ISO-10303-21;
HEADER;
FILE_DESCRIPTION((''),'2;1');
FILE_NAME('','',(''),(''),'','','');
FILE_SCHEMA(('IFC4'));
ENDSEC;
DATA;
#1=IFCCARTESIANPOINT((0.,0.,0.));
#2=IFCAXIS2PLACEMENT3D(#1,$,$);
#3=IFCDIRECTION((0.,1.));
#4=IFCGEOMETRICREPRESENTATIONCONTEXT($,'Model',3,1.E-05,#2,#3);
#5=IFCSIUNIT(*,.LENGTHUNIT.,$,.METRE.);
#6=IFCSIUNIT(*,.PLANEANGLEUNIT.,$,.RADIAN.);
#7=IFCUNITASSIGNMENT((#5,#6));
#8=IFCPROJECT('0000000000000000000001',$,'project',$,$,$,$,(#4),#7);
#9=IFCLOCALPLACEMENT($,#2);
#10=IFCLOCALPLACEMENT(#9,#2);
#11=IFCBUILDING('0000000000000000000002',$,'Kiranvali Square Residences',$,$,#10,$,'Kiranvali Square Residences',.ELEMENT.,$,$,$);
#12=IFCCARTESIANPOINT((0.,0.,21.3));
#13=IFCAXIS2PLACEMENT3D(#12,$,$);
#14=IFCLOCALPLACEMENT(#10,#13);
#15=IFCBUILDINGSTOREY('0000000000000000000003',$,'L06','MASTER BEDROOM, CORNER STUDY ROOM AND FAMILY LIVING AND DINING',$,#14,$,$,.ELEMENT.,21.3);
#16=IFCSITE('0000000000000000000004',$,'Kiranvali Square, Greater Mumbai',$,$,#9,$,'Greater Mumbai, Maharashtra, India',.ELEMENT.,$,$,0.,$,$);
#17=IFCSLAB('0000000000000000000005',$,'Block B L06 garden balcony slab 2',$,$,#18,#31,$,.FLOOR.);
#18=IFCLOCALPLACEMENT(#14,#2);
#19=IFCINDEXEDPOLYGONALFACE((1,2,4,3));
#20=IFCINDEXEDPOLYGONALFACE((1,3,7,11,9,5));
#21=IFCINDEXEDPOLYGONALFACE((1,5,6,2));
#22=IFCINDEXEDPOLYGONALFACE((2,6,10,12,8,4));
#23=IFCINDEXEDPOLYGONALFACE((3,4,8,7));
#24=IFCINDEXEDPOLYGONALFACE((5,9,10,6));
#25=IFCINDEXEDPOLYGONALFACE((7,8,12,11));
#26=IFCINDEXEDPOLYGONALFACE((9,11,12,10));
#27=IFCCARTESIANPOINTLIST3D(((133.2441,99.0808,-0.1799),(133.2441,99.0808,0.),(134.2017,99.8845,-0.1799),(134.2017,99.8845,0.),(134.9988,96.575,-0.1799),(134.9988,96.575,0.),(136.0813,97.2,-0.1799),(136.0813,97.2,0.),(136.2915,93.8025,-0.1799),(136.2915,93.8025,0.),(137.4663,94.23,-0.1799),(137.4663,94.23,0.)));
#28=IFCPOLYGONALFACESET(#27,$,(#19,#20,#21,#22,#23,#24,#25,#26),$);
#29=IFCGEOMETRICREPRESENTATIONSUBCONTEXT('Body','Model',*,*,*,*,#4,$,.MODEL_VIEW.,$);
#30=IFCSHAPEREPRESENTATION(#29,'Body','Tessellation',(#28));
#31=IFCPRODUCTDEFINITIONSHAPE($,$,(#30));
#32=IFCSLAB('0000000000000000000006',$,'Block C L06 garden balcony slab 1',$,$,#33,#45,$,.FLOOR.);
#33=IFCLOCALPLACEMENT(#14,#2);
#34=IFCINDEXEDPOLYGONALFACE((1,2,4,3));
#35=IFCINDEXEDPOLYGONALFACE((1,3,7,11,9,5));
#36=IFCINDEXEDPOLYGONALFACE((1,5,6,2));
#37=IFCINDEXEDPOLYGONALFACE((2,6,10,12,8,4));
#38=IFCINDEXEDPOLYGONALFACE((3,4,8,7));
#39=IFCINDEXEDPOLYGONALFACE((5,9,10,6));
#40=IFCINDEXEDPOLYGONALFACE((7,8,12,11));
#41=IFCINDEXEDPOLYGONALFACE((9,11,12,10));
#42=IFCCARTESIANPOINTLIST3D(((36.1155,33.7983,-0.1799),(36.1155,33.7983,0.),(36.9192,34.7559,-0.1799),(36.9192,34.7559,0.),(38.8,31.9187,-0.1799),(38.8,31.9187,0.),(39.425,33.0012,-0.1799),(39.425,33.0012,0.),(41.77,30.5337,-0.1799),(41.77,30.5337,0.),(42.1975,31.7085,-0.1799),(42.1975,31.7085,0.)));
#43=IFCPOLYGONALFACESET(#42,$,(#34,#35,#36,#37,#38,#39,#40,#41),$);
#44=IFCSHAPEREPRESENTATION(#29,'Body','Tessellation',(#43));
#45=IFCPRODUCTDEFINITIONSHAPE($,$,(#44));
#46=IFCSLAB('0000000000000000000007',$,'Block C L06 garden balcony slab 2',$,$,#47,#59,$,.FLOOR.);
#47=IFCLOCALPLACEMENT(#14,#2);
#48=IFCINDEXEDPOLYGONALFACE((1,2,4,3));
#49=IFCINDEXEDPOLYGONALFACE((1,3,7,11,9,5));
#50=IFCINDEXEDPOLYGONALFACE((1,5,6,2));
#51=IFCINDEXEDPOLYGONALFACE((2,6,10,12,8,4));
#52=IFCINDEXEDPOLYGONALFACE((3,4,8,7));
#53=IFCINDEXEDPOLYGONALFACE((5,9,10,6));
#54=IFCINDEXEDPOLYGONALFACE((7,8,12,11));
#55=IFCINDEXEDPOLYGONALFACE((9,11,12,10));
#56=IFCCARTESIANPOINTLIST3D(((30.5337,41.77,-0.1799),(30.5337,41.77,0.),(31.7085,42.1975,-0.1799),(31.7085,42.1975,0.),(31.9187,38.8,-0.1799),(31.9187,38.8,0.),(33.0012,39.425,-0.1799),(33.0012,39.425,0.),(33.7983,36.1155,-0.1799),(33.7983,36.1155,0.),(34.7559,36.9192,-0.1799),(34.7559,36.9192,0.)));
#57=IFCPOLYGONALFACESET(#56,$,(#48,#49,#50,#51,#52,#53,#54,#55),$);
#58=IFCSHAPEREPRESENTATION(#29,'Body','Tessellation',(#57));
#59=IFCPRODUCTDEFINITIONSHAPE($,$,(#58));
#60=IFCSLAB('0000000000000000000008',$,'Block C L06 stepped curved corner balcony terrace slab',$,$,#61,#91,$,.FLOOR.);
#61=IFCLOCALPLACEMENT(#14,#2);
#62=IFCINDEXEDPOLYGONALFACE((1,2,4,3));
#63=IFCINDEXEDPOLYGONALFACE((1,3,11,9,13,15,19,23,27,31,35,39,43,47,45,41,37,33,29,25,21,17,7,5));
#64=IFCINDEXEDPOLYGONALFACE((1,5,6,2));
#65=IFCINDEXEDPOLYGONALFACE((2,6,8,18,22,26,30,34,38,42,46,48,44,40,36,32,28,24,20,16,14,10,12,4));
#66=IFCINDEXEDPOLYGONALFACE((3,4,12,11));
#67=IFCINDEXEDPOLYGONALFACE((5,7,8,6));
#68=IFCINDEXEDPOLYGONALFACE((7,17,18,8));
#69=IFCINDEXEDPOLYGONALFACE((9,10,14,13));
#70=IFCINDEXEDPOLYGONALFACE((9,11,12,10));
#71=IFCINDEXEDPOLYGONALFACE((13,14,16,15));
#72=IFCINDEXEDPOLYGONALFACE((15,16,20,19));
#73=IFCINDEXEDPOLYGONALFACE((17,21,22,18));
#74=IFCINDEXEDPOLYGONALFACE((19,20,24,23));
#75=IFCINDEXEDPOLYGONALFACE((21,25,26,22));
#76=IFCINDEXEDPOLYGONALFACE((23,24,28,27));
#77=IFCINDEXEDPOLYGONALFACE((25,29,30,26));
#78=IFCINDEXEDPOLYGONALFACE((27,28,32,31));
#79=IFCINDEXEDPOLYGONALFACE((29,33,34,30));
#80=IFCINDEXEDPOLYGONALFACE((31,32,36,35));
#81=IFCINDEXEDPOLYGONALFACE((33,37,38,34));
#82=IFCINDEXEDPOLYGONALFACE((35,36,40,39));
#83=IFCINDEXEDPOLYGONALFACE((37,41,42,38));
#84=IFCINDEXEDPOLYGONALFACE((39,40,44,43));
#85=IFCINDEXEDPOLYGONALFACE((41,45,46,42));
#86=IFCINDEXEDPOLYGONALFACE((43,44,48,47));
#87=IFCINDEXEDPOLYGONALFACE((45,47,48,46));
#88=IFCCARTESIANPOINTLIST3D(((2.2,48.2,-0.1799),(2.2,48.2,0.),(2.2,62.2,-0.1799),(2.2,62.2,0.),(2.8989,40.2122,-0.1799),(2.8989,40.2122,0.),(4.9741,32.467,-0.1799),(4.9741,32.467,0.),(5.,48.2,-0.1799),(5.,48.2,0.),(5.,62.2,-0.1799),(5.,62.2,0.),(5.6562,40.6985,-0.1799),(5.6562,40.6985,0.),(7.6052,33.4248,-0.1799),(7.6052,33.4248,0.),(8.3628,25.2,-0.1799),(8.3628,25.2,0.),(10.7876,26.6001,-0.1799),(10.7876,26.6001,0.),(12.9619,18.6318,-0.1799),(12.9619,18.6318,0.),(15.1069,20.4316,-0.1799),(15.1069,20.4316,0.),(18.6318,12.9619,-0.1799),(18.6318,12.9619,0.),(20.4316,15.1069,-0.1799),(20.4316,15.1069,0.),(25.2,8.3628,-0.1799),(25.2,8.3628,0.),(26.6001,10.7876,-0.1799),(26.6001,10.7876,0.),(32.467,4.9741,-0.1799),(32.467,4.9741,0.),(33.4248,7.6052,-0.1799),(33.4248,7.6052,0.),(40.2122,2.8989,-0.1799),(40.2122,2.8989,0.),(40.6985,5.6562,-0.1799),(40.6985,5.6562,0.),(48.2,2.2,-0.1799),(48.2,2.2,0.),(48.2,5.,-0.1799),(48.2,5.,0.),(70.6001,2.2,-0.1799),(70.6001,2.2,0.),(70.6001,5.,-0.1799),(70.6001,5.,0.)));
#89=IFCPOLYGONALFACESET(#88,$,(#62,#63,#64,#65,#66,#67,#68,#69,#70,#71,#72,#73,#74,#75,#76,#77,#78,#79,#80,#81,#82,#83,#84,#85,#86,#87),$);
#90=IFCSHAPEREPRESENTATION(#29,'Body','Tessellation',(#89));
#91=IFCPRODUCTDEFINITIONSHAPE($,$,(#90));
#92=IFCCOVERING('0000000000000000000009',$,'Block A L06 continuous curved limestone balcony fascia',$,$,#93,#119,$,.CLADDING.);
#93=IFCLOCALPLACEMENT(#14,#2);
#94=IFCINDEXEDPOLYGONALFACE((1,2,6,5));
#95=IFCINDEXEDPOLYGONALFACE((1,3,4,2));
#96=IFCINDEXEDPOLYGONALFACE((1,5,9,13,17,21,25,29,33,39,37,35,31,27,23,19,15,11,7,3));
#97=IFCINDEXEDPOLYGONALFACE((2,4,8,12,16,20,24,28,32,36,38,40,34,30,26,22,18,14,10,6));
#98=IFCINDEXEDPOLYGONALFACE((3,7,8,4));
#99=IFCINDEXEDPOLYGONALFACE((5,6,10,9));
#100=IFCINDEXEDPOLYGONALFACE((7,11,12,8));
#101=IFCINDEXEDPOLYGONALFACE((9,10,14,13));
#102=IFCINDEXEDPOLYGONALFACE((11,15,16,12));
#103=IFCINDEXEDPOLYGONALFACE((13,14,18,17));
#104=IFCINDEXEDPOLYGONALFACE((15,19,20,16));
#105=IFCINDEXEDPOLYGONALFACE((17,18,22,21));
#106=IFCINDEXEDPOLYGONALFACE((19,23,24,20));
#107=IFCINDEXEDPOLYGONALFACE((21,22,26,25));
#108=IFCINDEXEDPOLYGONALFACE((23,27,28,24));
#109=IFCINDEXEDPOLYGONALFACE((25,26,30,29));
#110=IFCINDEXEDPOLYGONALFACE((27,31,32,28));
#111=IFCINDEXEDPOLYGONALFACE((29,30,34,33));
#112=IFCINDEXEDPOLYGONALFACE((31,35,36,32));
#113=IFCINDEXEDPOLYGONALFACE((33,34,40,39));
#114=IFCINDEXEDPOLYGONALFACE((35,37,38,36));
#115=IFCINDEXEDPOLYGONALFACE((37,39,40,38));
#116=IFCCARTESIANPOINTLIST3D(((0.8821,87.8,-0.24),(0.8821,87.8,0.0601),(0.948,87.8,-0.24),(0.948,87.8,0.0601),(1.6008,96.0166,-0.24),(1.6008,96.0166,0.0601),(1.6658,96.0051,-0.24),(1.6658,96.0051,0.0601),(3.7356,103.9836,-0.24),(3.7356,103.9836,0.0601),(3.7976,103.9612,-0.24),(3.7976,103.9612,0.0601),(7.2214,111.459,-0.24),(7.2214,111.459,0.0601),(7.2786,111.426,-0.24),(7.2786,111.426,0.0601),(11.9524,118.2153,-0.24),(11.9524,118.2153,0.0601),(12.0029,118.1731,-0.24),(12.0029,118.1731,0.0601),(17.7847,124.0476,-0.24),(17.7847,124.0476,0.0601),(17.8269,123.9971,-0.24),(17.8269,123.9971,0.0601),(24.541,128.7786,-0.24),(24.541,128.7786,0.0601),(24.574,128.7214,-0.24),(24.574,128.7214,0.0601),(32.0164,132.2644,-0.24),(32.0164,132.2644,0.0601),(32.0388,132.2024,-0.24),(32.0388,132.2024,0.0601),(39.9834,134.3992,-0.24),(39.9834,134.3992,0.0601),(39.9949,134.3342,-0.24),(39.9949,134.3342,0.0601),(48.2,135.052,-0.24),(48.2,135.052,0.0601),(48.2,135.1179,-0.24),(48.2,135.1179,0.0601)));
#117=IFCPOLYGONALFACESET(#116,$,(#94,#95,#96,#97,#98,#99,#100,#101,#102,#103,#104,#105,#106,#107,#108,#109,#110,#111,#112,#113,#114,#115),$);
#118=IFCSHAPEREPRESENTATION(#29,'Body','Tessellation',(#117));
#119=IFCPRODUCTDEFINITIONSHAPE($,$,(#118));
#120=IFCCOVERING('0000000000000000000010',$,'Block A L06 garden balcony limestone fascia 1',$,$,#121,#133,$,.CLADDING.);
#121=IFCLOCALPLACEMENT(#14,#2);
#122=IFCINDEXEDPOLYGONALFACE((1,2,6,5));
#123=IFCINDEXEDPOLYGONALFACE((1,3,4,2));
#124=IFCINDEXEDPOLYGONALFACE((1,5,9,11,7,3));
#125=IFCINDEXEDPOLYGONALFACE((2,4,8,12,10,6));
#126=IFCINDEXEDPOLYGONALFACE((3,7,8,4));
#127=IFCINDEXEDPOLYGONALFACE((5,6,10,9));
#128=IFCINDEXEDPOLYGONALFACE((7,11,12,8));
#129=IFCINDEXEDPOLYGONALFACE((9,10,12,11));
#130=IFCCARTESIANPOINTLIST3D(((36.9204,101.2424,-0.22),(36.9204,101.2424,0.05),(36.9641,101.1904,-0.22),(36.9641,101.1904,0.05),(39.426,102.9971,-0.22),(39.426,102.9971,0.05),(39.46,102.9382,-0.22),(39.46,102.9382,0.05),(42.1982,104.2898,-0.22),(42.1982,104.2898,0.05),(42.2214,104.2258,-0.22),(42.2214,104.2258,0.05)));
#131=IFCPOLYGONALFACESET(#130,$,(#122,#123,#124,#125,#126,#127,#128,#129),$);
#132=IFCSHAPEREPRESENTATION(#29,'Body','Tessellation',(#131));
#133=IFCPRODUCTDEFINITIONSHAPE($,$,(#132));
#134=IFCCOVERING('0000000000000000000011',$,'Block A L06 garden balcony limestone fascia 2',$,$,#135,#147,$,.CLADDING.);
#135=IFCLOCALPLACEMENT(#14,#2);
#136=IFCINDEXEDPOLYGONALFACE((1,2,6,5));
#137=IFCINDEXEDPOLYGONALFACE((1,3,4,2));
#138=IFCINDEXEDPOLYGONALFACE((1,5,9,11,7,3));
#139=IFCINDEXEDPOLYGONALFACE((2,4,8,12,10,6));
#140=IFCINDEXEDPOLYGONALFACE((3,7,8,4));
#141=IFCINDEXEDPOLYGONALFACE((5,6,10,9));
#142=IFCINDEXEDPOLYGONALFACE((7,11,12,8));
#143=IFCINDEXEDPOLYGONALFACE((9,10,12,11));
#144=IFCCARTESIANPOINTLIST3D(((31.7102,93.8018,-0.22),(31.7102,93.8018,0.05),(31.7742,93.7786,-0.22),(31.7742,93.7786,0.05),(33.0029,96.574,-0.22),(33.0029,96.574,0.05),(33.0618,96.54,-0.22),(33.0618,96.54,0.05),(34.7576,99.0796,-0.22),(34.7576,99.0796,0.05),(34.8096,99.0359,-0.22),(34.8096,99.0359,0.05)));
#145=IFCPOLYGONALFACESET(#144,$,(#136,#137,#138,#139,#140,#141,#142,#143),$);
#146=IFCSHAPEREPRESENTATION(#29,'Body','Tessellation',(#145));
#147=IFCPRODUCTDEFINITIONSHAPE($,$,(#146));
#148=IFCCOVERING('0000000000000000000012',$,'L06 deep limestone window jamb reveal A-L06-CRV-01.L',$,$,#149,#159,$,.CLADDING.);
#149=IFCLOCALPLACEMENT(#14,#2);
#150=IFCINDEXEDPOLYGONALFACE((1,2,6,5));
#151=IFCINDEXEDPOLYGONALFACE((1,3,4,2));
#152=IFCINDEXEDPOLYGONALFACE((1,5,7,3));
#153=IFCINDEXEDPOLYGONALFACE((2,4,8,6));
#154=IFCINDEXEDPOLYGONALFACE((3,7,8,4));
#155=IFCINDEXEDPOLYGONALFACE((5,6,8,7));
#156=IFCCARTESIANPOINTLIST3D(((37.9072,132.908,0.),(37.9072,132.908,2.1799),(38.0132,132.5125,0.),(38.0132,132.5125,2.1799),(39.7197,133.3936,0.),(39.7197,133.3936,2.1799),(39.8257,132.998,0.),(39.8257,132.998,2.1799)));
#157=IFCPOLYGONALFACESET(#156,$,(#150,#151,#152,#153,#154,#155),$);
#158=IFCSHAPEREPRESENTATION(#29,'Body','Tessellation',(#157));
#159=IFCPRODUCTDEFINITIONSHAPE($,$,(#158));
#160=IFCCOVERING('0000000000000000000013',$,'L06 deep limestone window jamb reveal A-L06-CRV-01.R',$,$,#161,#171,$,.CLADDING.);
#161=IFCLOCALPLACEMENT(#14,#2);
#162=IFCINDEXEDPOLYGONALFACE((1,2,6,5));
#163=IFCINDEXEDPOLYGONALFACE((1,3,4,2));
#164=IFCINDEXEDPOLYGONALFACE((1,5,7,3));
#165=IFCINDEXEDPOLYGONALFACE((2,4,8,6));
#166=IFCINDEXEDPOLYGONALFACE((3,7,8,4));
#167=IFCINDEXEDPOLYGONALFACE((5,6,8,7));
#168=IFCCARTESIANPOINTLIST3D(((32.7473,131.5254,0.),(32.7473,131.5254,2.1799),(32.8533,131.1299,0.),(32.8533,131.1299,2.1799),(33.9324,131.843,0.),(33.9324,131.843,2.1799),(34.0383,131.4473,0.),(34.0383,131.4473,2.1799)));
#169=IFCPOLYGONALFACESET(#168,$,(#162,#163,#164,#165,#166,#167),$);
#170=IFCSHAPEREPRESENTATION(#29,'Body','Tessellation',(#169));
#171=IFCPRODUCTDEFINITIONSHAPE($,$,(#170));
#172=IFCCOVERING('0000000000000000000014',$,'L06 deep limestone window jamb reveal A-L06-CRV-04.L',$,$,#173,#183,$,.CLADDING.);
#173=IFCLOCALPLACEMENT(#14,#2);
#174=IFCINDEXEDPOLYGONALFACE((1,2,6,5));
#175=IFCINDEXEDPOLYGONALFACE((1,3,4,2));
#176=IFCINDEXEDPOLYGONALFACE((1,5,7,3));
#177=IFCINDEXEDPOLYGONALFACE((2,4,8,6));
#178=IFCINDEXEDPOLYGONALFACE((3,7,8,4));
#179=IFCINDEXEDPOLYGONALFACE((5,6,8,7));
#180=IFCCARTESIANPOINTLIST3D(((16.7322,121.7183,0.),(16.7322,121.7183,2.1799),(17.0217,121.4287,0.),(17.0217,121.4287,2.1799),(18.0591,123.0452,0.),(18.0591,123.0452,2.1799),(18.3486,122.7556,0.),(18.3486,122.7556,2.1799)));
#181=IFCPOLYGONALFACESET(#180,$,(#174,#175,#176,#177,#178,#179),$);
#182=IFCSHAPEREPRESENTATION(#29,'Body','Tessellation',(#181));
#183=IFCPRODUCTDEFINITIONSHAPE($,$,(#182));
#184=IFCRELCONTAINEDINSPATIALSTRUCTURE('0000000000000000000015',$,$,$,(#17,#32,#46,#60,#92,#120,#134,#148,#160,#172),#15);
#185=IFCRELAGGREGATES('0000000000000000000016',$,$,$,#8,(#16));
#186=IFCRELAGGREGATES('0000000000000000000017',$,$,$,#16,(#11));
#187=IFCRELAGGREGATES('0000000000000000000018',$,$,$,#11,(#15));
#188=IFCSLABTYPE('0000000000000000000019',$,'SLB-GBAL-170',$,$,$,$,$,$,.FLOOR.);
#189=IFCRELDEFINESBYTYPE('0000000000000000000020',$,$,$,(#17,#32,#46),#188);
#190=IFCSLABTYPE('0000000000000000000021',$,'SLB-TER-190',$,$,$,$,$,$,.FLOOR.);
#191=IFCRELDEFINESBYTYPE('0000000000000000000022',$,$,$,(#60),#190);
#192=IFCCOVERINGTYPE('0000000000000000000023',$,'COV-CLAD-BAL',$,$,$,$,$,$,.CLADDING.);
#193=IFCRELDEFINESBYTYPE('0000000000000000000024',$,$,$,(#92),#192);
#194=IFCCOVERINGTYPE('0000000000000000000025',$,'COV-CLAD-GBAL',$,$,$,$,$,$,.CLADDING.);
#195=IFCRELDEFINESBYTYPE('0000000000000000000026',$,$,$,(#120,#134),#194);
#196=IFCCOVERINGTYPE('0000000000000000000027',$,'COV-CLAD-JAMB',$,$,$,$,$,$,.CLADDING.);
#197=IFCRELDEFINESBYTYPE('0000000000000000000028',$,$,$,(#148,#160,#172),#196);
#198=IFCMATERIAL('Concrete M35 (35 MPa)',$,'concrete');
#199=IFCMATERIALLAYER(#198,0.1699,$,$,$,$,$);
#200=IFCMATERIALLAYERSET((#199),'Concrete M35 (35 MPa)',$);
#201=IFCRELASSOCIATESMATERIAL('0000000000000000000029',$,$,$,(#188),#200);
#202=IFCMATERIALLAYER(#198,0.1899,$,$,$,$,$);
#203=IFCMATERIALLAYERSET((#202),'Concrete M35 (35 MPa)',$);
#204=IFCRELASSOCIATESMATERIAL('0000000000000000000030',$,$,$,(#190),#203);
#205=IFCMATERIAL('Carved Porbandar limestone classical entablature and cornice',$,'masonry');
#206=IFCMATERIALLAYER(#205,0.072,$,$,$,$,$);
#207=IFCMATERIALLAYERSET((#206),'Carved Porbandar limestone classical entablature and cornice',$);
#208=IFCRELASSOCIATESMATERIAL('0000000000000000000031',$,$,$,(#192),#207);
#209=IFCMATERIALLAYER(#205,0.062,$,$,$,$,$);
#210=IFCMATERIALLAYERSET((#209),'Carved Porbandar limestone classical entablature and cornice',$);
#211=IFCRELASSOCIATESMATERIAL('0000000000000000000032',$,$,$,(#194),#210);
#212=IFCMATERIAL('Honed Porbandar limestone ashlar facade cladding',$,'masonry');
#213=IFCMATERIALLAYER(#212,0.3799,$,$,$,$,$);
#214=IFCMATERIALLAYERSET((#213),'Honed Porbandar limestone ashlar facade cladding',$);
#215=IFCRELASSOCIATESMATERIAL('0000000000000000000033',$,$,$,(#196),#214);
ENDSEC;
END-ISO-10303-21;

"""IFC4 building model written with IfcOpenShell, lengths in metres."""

from ifc_helpers import new_model, si_unit, direction, frame, origin, place, context, subcontext, project, spatial, polyline, outline, extrude, material, layer, layer_set, type_object, element, save


model = new_model("IFC4")

# Units and contexts
model_context = context("Model", 3, precision=1e-05, world=origin(), true_north=direction((0.0, 1.0)))
body_context = subcontext(model_context, "Body", "Model", "MODEL_VIEW")
ifc_project = project(units=[si_unit("LENGTHUNIT", "METRE"), si_unit("PLANEANGLEUNIT", "RADIAN")], contexts=[model_context])

# Site, building, storey
site_placement = place(None, origin())
site = spatial("IfcSite", under=ifc_project, at=site_placement, Name="Kiranvali Square, Greater Mumbai", LongName="Greater Mumbai, Maharashtra, India", CompositionType="ELEMENT", RefElevation=0.0)
building_placement = place(site_placement, origin())
building = spatial("IfcBuilding", under=site, at=building_placement, Name="Kiranvali Square Residences", LongName="Kiranvali Square Residences", CompositionType="ELEMENT")
storey_placement = place(building_placement, frame((0.0, 0.0, 21.3)))
storey = spatial("IfcBuildingStorey", under=building, at=storey_placement, Name="L06", Description="MASTER BEDROOM, CORNER STUDY ROOM AND FAMILY LIVING AND DINING", CompositionType="ELEMENT", Elevation=21.3)

# Slabs
ifc_material_1 = material(Name="Concrete M35 (35 MPa)", Category="concrete")
ifc_layer_1 = layer(ifc_material_1, 0.1699)
ifc_layer_set_1 = layer_set([ifc_layer_1], Name="Concrete M35 (35 MPa)")
slab_type_1 = type_object("IfcSlabType", Name="SLB-GBAL-170", PredefinedType="FLOOR", material=ifc_layer_set_1)
slab_1_placement = place(storey_placement, frame((0.0, 0.0, -0.1799)))
element("IfcSlab", 1, at=slab_1_placement, inside=storey, type_object=slab_type_1, Name="Block B L06 garden balcony slab 2", PredefinedType="FLOOR", context=body_context, shape_type="SweptSolid", body=[
    extrude(outline(polyline([(133.2441, 99.0808), (134.9988, 96.575), (136.2915, 93.8025), (137.4663, 94.23), (136.0813, 97.2), (134.2017, 99.8845), (133.2441, 99.0808)])), origin(), (0.0, 0.0, 1.0), 0.1799),
])
slab_2_placement = place(storey_placement, frame((0.0, 0.0, -0.1799)))
element("IfcSlab", 2, at=slab_2_placement, inside=storey, type_object=slab_type_1, Name="Block C L06 garden balcony slab 1", PredefinedType="FLOOR", context=body_context, shape_type="SweptSolid", body=[
    extrude(outline(polyline([(42.1975, 31.7085), (39.425, 33.0012), (36.9192, 34.7559), (36.1155, 33.7983), (38.8, 31.9187), (41.77, 30.5337), (42.1975, 31.7085)])), origin(), (0.0, 0.0, 1.0), 0.1799),
])
slab_3_placement = place(storey_placement, frame((0.0, 0.0, -0.1799)))
element("IfcSlab", 3, at=slab_3_placement, inside=storey, type_object=slab_type_1, Name="Block C L06 garden balcony slab 2", PredefinedType="FLOOR", context=body_context, shape_type="SweptSolid", body=[
    extrude(outline(polyline([(34.7559, 36.9192), (33.0012, 39.425), (31.7085, 42.1975), (30.5337, 41.77), (31.9187, 38.8), (33.7983, 36.1155), (34.7559, 36.9192)])), origin(), (0.0, 0.0, 1.0), 0.1799),
])
ifc_layer_2 = layer(ifc_material_1, 0.1899)
ifc_layer_set_2 = layer_set([ifc_layer_2], Name="Concrete M35 (35 MPa)")
slab_type_2 = type_object("IfcSlabType", Name="SLB-TER-190", PredefinedType="FLOOR", material=ifc_layer_set_2)
slab_4_placement = place(storey_placement, frame((0.0, 0.0, -0.1799)))
element("IfcSlab", 4, at=slab_4_placement, inside=storey, type_object=slab_type_2, Name="Block C L06 stepped curved corner balcony terrace slab", PredefinedType="FLOOR", context=body_context, shape_type="SweptSolid", body=[
    extrude(outline(polyline([(70.6001, 5.0), (48.2, 5.0), (40.6985, 5.6562), (33.4248, 7.6052), (26.6001, 10.7876), (20.4316, 15.1069), (15.1069, 20.4316), (10.7876, 26.6001), (7.6052, 33.4248), (5.6562, 40.6985), (5.0, 48.2), (5.0, 62.2), (2.2, 62.2), (2.2, 48.2), (2.8989, 40.2122), (4.9741, 32.467), (8.3628, 25.2), (12.9619, 18.6318), (18.6318, 12.9619), (25.2, 8.3628), (32.467, 4.9741), (40.2122, 2.8989), (48.2, 2.2), (70.6001, 2.2), (70.6001, 5.0)])), origin(), (0.0, 0.0, 1.0), 0.1799),
])

# Coverings
ifc_material_2 = material(Name="Carved Porbandar limestone classical entablature and cornice", Category="masonry")
ifc_layer_3 = layer(ifc_material_2, 0.072)
ifc_layer_set_3 = layer_set([ifc_layer_3], Name="Carved Porbandar limestone classical entablature and cornice")
covering_type_1 = type_object("IfcCoveringType", Name="COV-CLAD-BAL", PredefinedType="CLADDING", material=ifc_layer_set_3)
covering_1_placement = place(storey_placement, frame((0.0, 0.0, -0.24)))
element("IfcCovering", 5, at=covering_1_placement, inside=storey, type_object=covering_type_1, Name="Block A L06 continuous curved limestone balcony fascia", PredefinedType="CLADDING", context=body_context, shape_type="SweptSolid", body=[
    extrude(outline(polyline([(48.2, 135.1179), (39.9834, 134.3992), (32.0164, 132.2644), (24.541, 128.7786), (17.7847, 124.0476), (11.9524, 118.2153), (7.2214, 111.459), (3.7356, 103.9836), (1.6008, 96.0166), (0.8821, 87.8), (0.948, 87.8), (1.6658, 96.0051), (3.7976, 103.9612), (7.2786, 111.426), (12.0029, 118.1731), (17.8269, 123.9971), (24.574, 128.7214), (32.0388, 132.2024), (39.9949, 134.3342), (48.2, 135.052), (48.2, 135.1179)])), origin(), (0.0, 0.0, 1.0), 0.3),
])
ifc_layer_4 = layer(ifc_material_2, 0.062)
ifc_layer_set_4 = layer_set([ifc_layer_4], Name="Carved Porbandar limestone classical entablature and cornice")
covering_type_2 = type_object("IfcCoveringType", Name="COV-CLAD-GBAL", PredefinedType="CLADDING", material=ifc_layer_set_4)
covering_2_placement = place(storey_placement, frame((0.0, 0.0, -0.22)))
element("IfcCovering", 6, at=covering_2_placement, inside=storey, type_object=covering_type_2, Name="Block A L06 garden balcony limestone fascia 1", PredefinedType="CLADDING", context=body_context, shape_type="SweptSolid", body=[
    extrude(outline(polyline([(42.1982, 104.2898), (39.426, 102.9971), (36.9204, 101.2424), (36.9641, 101.1904), (39.46, 102.9382), (42.2214, 104.2258), (42.1982, 104.2898)])), origin(), (0.0, 0.0, 1.0), 0.27),
])
covering_3_placement = place(storey_placement, frame((0.0, 0.0, -0.22)))
element("IfcCovering", 7, at=covering_3_placement, inside=storey, type_object=covering_type_2, Name="Block A L06 garden balcony limestone fascia 2", PredefinedType="CLADDING", context=body_context, shape_type="SweptSolid", body=[
    extrude(outline(polyline([(34.7576, 99.0796), (33.0029, 96.574), (31.7102, 93.8018), (31.7742, 93.7786), (33.0618, 96.54), (34.8096, 99.0359), (34.7576, 99.0796)])), origin(), (0.0, 0.0, 1.0), 0.27),
])
ifc_material_3 = material(Name="Honed Porbandar limestone ashlar facade cladding", Category="masonry")
ifc_layer_5 = layer(ifc_material_3, 0.3799)
ifc_layer_set_5 = layer_set([ifc_layer_5], Name="Honed Porbandar limestone ashlar facade cladding")
covering_type_3 = type_object("IfcCoveringType", Name="COV-CLAD-JAMB", PredefinedType="CLADDING", material=ifc_layer_set_5)
covering_4_placement = place(storey_placement, origin())
element("IfcCovering", 8, at=covering_4_placement, inside=storey, type_object=covering_type_3, Name="L06 deep limestone window jamb reveal A-L06-CRV-01.L", PredefinedType="CLADDING", context=body_context, shape_type="SweptSolid", body=[
    extrude(outline(polyline([(39.7197, 133.3936), (37.9072, 132.908), (38.0132, 132.5125), (39.8257, 132.998), (39.7197, 133.3936)])), origin(), (0.0, 0.0, 1.0), 2.1799),
])
covering_5_placement = place(storey_placement, origin())
element("IfcCovering", 9, at=covering_5_placement, inside=storey, type_object=covering_type_3, Name="L06 deep limestone window jamb reveal A-L06-CRV-01.R", PredefinedType="CLADDING", context=body_context, shape_type="SweptSolid", body=[
    extrude(outline(polyline([(33.9324, 131.843), (32.7473, 131.5254), (32.8533, 131.1299), (34.0383, 131.4473), (33.9324, 131.843)])), origin(), (0.0, 0.0, 1.0), 2.1799),
])
covering_6_placement = place(storey_placement, origin())
element("IfcCovering", 10, at=covering_6_placement, inside=storey, type_object=covering_type_3, Name="L06 deep limestone window jamb reveal A-L06-CRV-04.L", PredefinedType="CLADDING", context=body_context, shape_type="SweptSolid", body=[
    extrude(outline(polyline([(18.0591, 123.0452), (16.7322, 121.7183), (17.0217, 121.4287), (18.3486, 122.7556), (18.0591, 123.0452)])), origin(), (0.0, 0.0, 1.0), 2.1799),
])

save(model, "model.ifc")
